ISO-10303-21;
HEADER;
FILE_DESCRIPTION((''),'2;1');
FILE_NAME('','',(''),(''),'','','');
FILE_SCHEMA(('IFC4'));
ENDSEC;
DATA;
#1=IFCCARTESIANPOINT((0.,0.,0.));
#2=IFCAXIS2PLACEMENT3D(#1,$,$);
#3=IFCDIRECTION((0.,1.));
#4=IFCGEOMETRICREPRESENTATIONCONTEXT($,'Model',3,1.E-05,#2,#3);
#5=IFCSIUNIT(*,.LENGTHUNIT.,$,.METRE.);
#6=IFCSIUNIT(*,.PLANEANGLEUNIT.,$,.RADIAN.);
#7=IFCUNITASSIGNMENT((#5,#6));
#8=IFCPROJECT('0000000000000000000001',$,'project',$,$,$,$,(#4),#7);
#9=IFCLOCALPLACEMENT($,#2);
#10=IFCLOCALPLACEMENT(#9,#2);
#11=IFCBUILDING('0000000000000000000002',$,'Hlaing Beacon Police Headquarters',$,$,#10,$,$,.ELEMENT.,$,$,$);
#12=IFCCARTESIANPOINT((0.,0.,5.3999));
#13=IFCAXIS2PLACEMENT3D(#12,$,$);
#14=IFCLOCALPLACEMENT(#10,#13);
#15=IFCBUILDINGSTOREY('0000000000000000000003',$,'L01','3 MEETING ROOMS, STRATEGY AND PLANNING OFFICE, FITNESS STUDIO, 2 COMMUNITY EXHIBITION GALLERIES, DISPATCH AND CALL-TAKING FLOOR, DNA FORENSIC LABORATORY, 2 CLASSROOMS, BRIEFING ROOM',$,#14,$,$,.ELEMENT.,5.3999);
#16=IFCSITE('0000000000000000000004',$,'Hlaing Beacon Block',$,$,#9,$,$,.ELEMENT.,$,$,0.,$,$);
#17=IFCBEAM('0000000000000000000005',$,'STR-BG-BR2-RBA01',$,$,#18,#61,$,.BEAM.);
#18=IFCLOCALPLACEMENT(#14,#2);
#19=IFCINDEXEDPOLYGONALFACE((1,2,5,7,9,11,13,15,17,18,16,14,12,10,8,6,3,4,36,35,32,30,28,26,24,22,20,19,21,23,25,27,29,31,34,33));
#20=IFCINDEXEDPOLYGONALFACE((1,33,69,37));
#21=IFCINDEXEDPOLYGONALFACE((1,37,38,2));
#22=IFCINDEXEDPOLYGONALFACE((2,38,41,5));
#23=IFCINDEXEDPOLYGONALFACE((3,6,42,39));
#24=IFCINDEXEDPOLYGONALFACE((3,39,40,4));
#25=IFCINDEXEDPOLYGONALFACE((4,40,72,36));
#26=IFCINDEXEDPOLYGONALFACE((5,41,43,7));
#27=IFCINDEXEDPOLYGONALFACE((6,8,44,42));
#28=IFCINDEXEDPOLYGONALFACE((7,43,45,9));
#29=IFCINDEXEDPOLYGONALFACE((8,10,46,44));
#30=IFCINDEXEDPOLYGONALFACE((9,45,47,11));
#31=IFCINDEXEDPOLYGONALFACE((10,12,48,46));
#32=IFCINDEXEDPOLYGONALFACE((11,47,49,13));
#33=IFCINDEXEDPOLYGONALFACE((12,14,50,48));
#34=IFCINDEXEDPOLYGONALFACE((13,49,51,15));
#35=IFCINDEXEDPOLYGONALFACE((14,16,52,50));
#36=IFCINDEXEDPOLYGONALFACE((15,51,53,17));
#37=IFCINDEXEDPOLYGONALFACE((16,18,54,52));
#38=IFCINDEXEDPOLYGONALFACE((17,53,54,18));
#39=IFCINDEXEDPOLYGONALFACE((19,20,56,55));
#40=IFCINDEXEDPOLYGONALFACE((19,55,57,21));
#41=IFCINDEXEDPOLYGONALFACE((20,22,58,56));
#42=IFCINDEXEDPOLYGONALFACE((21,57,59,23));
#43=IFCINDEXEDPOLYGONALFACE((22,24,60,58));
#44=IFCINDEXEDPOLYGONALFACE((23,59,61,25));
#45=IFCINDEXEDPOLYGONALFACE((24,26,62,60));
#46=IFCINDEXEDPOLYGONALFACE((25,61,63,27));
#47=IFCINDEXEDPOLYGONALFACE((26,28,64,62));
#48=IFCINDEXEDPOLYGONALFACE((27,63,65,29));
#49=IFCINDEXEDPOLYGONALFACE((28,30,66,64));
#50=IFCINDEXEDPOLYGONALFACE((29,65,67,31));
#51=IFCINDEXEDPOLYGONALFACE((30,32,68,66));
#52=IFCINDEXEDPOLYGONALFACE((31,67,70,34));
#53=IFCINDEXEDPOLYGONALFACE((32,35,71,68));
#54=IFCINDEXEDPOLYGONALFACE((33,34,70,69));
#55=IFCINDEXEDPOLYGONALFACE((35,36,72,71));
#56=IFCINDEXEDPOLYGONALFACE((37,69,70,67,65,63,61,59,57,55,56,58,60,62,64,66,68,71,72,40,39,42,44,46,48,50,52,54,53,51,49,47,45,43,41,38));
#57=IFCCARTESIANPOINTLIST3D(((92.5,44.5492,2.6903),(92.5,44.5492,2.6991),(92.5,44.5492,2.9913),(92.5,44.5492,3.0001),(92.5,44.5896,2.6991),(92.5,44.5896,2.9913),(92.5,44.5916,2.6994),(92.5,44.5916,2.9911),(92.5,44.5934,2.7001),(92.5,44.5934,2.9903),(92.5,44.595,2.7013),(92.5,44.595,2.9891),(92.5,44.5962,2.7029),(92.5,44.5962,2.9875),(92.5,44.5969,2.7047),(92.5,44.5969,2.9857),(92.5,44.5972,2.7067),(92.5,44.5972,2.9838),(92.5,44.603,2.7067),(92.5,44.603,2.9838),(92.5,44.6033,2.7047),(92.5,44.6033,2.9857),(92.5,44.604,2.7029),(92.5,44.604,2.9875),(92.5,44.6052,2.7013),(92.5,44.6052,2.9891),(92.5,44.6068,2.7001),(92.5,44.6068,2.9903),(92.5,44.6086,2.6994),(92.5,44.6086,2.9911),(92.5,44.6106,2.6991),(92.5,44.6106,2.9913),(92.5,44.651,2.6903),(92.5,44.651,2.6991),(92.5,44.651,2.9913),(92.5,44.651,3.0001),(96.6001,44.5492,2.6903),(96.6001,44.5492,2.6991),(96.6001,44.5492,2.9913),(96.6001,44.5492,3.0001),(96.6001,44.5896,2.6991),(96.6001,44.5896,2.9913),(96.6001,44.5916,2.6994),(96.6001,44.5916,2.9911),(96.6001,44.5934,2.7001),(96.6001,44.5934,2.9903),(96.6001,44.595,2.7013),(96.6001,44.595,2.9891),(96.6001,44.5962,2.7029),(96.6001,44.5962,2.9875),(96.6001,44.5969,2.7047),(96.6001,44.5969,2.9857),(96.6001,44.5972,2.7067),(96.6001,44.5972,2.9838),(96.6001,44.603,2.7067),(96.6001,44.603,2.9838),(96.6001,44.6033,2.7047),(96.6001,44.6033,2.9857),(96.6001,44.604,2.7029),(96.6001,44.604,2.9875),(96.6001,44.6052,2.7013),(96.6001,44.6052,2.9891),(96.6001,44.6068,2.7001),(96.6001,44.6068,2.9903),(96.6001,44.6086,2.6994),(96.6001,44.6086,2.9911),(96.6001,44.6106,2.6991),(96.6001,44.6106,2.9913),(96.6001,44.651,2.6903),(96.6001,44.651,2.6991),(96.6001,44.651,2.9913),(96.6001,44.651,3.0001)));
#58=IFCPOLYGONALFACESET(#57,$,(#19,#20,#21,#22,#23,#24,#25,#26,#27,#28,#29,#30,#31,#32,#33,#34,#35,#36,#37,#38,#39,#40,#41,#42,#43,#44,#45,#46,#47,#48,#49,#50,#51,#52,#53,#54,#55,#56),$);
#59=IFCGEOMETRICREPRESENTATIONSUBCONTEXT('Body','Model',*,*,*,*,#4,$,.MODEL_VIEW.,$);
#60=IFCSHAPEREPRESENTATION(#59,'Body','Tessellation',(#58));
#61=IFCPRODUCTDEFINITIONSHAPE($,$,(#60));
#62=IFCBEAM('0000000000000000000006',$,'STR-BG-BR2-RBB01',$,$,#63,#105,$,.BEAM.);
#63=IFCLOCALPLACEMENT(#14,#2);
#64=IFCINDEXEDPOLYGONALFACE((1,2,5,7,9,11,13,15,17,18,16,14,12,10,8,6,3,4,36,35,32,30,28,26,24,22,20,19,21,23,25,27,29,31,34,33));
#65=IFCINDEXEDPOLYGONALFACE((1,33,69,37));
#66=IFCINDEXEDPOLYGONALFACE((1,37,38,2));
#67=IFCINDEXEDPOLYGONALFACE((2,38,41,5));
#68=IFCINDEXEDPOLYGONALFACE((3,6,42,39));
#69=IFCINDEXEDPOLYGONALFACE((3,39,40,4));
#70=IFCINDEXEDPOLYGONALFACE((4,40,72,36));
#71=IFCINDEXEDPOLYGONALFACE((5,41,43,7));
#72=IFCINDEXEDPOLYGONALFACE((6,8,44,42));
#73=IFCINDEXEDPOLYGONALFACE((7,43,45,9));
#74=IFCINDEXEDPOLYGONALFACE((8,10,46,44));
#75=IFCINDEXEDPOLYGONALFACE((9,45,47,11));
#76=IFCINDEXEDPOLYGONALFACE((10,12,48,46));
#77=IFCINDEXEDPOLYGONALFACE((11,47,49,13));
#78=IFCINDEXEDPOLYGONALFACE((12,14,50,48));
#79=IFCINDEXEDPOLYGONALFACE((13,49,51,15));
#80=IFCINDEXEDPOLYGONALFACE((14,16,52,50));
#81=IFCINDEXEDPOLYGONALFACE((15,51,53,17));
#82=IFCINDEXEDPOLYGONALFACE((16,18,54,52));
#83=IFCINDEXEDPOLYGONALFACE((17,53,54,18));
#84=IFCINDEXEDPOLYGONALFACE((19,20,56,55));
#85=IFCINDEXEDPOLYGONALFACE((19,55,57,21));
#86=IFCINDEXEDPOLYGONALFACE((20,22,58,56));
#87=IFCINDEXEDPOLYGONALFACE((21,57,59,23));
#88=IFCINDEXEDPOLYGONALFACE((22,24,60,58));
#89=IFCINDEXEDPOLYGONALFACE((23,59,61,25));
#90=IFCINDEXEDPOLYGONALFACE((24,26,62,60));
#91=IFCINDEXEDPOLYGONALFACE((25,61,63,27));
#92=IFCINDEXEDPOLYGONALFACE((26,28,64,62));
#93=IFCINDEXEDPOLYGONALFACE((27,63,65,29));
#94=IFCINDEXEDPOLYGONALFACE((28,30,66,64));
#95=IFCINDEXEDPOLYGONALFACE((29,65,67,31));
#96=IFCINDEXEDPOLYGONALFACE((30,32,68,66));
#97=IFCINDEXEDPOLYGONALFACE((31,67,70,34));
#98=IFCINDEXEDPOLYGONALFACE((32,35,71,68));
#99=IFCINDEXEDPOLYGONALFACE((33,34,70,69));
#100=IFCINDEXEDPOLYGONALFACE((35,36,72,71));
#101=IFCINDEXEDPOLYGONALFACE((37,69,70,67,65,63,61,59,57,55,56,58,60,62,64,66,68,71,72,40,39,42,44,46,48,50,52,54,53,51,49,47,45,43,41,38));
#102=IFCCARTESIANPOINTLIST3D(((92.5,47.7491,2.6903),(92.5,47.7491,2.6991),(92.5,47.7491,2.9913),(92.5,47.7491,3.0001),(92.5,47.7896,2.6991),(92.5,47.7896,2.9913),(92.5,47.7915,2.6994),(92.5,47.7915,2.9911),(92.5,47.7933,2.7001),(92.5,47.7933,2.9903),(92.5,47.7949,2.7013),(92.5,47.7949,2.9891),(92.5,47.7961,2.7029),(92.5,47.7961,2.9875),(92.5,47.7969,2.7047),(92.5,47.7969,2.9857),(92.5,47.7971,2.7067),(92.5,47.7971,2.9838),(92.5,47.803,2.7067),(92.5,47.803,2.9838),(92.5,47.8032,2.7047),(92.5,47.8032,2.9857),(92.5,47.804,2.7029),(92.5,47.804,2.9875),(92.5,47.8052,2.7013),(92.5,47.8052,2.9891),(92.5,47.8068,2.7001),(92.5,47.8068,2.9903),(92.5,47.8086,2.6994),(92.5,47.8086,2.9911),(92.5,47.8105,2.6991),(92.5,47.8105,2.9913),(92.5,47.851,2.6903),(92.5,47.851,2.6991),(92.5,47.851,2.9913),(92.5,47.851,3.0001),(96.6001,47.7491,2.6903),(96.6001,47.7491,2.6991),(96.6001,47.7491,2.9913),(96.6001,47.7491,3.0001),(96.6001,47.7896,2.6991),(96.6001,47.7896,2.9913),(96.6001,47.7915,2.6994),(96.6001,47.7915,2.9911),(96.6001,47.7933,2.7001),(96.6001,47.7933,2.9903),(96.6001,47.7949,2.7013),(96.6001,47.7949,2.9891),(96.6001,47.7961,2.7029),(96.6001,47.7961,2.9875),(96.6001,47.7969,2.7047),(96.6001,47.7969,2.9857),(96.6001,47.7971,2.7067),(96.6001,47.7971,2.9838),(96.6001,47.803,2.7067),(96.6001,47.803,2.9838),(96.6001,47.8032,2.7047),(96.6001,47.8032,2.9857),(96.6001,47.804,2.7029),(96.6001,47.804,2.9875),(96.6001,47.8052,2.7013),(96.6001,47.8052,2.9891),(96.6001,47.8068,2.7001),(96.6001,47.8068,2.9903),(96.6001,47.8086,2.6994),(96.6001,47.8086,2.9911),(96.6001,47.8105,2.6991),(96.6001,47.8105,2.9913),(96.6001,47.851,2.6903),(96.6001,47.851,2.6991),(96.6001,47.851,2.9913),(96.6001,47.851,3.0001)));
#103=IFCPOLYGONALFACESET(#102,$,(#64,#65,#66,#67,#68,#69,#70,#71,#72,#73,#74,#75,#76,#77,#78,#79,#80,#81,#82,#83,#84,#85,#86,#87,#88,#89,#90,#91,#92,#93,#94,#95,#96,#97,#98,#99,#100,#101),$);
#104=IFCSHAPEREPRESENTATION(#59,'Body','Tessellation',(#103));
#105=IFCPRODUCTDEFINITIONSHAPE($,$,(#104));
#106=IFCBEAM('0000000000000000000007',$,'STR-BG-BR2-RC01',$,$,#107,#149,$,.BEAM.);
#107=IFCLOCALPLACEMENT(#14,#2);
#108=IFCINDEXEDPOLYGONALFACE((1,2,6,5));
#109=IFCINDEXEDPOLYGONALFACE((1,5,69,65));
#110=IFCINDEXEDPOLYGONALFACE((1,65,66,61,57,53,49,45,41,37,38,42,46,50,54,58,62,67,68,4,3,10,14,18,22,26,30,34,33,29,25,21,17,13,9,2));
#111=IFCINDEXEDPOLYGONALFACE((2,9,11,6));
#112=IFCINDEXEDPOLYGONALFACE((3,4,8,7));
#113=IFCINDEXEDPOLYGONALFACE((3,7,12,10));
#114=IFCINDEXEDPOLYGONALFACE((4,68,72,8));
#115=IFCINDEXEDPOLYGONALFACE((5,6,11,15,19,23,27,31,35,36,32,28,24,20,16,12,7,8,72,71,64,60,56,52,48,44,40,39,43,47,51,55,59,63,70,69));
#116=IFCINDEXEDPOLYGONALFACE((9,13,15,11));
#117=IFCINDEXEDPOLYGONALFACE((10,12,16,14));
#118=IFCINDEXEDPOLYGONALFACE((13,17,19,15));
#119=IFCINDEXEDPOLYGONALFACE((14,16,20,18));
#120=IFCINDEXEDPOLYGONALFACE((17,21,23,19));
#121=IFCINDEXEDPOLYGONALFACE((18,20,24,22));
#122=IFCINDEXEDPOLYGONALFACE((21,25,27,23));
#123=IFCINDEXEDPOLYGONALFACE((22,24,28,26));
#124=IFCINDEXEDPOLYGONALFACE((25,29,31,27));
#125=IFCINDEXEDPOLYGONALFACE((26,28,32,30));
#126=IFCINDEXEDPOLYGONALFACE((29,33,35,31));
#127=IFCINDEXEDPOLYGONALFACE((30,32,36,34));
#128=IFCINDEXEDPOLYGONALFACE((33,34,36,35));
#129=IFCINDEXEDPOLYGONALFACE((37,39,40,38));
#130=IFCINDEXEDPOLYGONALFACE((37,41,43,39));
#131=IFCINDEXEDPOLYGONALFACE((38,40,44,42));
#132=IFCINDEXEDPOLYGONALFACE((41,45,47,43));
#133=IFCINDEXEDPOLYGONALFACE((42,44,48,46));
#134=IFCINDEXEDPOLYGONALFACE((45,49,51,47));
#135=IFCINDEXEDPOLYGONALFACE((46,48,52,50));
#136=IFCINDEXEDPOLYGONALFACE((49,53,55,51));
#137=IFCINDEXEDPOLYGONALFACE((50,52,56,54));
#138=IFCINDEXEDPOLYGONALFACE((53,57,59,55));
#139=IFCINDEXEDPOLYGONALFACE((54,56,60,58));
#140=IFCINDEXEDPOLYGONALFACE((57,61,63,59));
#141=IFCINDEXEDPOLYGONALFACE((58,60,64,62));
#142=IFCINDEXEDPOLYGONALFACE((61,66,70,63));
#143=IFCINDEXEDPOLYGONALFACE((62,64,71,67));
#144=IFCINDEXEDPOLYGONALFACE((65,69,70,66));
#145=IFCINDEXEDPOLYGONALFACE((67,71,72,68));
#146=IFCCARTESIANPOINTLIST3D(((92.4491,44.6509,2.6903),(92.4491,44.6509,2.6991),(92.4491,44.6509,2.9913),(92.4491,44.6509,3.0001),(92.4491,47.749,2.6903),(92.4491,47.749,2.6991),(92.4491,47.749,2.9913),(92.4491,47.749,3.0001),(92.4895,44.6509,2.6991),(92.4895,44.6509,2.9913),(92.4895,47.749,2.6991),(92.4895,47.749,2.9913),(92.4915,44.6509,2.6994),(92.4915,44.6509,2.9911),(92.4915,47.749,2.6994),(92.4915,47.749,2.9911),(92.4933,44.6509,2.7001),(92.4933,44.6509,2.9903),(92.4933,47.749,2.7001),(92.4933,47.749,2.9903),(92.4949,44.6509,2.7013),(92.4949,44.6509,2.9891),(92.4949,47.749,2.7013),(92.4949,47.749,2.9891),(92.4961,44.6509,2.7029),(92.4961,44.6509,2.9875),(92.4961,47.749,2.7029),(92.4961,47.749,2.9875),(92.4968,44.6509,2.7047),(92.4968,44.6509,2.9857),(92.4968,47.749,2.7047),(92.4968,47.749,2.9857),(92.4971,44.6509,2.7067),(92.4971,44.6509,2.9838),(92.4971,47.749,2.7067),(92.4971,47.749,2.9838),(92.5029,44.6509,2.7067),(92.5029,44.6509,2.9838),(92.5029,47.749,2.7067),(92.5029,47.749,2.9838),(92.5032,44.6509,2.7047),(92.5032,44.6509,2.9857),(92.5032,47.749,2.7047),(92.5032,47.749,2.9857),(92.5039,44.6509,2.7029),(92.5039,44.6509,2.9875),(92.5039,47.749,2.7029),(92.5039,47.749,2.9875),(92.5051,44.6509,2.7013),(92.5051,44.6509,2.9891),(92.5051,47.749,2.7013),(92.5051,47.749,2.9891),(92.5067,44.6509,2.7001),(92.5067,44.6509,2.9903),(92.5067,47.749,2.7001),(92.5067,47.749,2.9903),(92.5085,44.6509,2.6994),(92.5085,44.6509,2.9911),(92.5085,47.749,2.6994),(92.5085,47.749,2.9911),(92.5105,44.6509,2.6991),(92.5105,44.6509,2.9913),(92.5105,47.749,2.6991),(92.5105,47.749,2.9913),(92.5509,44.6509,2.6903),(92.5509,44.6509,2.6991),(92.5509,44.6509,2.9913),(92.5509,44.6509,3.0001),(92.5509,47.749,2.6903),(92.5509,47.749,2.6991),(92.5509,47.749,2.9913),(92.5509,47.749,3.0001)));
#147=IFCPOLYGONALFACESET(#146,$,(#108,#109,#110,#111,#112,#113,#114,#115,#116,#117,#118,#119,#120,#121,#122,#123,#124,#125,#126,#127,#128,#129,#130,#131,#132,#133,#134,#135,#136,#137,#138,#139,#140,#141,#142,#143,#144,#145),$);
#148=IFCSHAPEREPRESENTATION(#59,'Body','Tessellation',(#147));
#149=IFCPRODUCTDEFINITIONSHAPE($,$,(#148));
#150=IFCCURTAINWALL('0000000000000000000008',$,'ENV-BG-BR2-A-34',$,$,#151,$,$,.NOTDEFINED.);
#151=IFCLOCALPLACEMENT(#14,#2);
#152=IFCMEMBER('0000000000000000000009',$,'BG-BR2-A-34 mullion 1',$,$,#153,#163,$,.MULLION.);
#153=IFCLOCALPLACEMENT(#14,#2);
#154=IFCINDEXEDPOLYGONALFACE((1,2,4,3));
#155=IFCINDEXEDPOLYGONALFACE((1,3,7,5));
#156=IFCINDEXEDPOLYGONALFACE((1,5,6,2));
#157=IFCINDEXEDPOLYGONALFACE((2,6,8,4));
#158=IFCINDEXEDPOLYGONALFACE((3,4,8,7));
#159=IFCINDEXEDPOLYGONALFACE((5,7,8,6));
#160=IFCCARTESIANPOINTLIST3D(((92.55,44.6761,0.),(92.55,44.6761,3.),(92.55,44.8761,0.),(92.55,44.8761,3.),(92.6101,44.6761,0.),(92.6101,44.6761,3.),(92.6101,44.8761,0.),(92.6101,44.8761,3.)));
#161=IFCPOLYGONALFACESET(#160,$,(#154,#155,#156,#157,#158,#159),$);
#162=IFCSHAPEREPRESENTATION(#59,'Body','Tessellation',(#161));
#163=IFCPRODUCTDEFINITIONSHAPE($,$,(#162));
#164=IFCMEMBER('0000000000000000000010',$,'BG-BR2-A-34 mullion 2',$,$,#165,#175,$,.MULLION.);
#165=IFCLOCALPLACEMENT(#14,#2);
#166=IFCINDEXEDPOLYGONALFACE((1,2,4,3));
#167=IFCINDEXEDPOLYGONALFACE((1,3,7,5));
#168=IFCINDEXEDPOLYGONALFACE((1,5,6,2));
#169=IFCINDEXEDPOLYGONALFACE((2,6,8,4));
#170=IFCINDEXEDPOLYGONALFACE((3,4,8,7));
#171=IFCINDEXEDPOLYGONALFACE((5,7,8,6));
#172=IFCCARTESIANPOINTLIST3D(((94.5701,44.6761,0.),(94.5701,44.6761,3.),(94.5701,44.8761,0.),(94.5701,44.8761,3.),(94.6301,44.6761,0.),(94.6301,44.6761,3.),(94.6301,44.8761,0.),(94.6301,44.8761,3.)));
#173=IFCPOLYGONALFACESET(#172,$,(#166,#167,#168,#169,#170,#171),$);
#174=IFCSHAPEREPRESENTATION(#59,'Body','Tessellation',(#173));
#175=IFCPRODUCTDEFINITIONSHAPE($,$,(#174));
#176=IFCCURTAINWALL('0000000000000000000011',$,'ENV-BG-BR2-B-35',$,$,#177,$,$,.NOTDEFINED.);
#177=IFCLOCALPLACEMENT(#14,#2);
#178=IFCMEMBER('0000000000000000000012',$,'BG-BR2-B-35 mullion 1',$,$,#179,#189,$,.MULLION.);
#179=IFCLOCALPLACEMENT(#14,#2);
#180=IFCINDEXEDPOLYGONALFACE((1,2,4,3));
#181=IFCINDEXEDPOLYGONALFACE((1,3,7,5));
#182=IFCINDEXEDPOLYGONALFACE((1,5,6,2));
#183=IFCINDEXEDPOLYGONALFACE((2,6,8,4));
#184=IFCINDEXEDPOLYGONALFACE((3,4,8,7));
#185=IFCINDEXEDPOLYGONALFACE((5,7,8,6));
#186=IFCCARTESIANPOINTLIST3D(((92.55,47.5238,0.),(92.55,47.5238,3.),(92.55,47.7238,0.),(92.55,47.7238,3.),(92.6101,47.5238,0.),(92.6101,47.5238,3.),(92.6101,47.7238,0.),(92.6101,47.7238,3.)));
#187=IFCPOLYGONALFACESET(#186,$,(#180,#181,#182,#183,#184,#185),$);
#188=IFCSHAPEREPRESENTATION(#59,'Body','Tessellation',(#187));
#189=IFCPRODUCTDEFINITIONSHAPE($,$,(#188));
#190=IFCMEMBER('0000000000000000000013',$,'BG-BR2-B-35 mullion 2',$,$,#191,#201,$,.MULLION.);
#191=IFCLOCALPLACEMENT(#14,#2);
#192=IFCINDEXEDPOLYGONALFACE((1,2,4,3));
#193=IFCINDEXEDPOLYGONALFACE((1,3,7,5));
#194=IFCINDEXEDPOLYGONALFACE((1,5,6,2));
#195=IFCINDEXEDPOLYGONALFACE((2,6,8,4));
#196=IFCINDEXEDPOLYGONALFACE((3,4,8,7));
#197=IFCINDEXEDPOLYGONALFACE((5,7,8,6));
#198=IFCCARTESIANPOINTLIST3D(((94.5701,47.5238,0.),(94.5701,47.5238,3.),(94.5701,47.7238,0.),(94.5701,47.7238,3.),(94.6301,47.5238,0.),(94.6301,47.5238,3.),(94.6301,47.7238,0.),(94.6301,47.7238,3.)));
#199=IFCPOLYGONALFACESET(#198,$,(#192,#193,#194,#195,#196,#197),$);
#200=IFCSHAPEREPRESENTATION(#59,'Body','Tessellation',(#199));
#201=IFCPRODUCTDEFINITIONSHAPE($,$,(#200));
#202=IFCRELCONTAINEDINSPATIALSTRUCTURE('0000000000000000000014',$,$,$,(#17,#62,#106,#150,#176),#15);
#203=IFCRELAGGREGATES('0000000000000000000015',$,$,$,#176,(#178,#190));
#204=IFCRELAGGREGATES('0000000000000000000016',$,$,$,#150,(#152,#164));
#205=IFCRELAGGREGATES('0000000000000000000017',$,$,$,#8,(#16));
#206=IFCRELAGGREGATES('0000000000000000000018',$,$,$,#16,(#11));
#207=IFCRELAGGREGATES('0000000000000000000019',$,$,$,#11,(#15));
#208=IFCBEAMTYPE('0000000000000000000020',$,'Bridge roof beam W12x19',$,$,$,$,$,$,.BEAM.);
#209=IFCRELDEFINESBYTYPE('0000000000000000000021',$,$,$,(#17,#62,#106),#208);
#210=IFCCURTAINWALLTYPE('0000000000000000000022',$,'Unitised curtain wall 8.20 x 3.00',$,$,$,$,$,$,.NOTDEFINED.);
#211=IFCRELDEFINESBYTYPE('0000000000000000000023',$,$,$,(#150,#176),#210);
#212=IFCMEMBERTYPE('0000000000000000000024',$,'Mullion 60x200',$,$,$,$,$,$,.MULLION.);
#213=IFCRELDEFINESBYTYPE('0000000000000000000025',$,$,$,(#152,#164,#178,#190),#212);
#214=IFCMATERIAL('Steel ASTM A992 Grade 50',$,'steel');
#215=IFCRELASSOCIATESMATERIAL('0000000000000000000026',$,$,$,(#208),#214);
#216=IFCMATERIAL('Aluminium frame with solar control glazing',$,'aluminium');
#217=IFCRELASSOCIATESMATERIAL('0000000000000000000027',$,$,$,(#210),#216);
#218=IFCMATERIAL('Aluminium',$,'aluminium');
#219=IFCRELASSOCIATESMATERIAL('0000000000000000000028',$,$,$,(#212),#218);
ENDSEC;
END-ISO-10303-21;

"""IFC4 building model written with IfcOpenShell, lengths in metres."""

from ifc_helpers import new_model, si_unit, direction, frame, origin, origin_2d, place, context, subcontext, project, spatial, rectangle, i_section, extrude, material, material_profile, profile_set, type_object, element, aggregate, save


model = new_model("IFC4")

# Units and contexts
model_context = context("Model", 3, precision=1e-05, world=origin(), true_north=direction((0.0, 1.0)))
body_context = subcontext(model_context, "Body", "Model", "MODEL_VIEW")
ifc_project = project(units=[si_unit("LENGTHUNIT", "METRE"), si_unit("PLANEANGLEUNIT", "RADIAN")], contexts=[model_context])

# Site, building, storey
site_placement = place(None, origin())
site = spatial("IfcSite", under=ifc_project, at=site_placement, Name="Hlaing Beacon Block", CompositionType="ELEMENT", RefElevation=0.0)
building_placement = place(site_placement, origin())
building = spatial("IfcBuilding", under=site, at=building_placement, Name="Hlaing Beacon Police Headquarters", CompositionType="ELEMENT")
storey_placement = place(building_placement, frame((0.0, 0.0, 5.3999)))
storey = spatial("IfcBuildingStorey", under=building, at=storey_placement, Name="L01", Description="3 MEETING ROOMS, STRATEGY AND PLANNING OFFICE, FITNESS STUDIO, 2 COMMUNITY EXHIBITION GALLERIES, DISPATCH AND CALL-TAKING FLOOR, DNA FORENSIC LABORATORY, 2 CLASSROOMS, BRIEFING ROOM", CompositionType="ELEMENT", Elevation=5.3999)

# Beams
ifc_material_1 = material(Name="Steel ASTM A992 Grade 50", Category="steel")
ifc_material_profile_1 = material_profile(ifc_material_1, i_section(OverallWidth=0.1018, OverallDepth=0.3098, WebThickness=0.0059, FlangeThickness=0.0088, FilletRadius=0.0076, at=origin_2d()), Name="W12x19")
ifc_profile_set_1 = profile_set([ifc_material_profile_1], Name="Steel ASTM A992 Grade 50")
beam_type_1 = type_object("IfcBeamType", Name="Bridge roof beam W12x19", PredefinedType="BEAM", material=ifc_profile_set_1)
for number, where, z_axis, x_axis, name in (
    (1, (92.5, 44.6001, 2.8452), (1.0, 0.0, 0.0), (0.0, 1.0, 0.0), "STR-BG-BR2-RBA01"),
    (2, (92.5, 47.8, 2.8452), (1.0, 0.0, 0.0), (0.0, 1.0, 0.0), "STR-BG-BR2-RBB01"),
):
    element("IfcBeam", number, at=place(storey_placement, frame(where, z_axis=z_axis, x_axis=x_axis)), inside=storey, type_object=beam_type_1, Name=name, PredefinedType="BEAM", context=body_context, shape_type="SweptSolid", body=[
        extrude(i_section(OverallWidth=0.1018, OverallDepth=0.3098, WebThickness=0.0059, FlangeThickness=0.0088, FilletRadius=0.0076, at=origin_2d()), origin(), (0.0, 0.0, 1.0), 4.1001),
    ])
beam_1_placement = place(storey_placement, frame((92.5, 44.6509, 2.8452), z_axis=(0.0, 1.0, 0.0), x_axis=(-1.0, 0.0, 0.0)))
element("IfcBeam", 3, at=beam_1_placement, inside=storey, type_object=beam_type_1, Name="STR-BG-BR2-RC01", PredefinedType="BEAM", context=body_context, shape_type="SweptSolid", body=[
    extrude(i_section(OverallWidth=0.1018, OverallDepth=0.3098, WebThickness=0.0059, FlangeThickness=0.0088, FilletRadius=0.0076, at=origin_2d()), origin(), (0.0, 0.0, 1.0), 3.0981),
])

# Curtain walls, members
ifc_material_2 = material(Name="Aluminium frame with solar control glazing", Category="aluminium")
curtain_wall_type = type_object("IfcCurtainWallType", Name="Unitised curtain wall 8.20 x 3.00", PredefinedType="NOTDEFINED", material=ifc_material_2)
curtain_wall_1_placement = place(storey_placement, origin())
curtain_wall_1 = element("IfcCurtainWall", 4, at=curtain_wall_1_placement, inside=storey, type_object=curtain_wall_type, Name="ENV-BG-BR2-A-34", PredefinedType="NOTDEFINED")
ifc_material_3 = material(Name="Aluminium", Category="aluminium")
ifc_material_profile_2 = material_profile(ifc_material_3, rectangle(XDim=0.2, YDim=0.0601, at=origin_2d()), Name="Mullion 60x200")
ifc_profile_set_2 = profile_set([ifc_material_profile_2], Name="Aluminium")
member_type_1 = type_object("IfcMemberType", Name="Mullion 60x200", PredefinedType="MULLION", material=ifc_profile_set_2)
member_1_placement = place(storey_placement, frame((92.5801, 44.7761, 0.0), z_axis=(0.0, 0.0, 1.0), x_axis=(0.0, 1.0, 0.0)))
member_1 = element("IfcMember", 5, at=member_1_placement, type_object=member_type_1, Name="BG-BR2-A-34 mullion 1", PredefinedType="MULLION", context=body_context, shape_type="SweptSolid", body=[
    extrude(rectangle(XDim=0.2, YDim=0.0601, at=origin_2d()), origin(), (0.0, 0.0, 1.0), 3.0),
])
member_2_placement = place(storey_placement, frame((94.6001, 44.7761, 0.0), z_axis=(0.0, 0.0, 1.0), x_axis=(0.0, 1.0, 0.0)))
member_2 = element("IfcMember", 6, at=member_2_placement, type_object=member_type_1, Name="BG-BR2-A-34 mullion 2", PredefinedType="MULLION", context=body_context, shape_type="SweptSolid", body=[
    extrude(rectangle(XDim=0.2, YDim=0.0601, at=origin_2d()), origin(), (0.0, 0.0, 1.0), 3.0),
])
curtain_wall_2_placement = place(storey_placement, origin())
curtain_wall_2 = element("IfcCurtainWall", 7, at=curtain_wall_2_placement, inside=storey, type_object=curtain_wall_type, Name="ENV-BG-BR2-B-35", PredefinedType="NOTDEFINED")
member_3_placement = place(storey_placement, frame((92.5801, 47.6238, 0.0), z_axis=(0.0, 0.0, 1.0), x_axis=(0.0, 1.0, 0.0)))
member_3 = element("IfcMember", 8, at=member_3_placement, type_object=member_type_1, Name="BG-BR2-B-35 mullion 1", PredefinedType="MULLION", context=body_context, shape_type="SweptSolid", body=[
    extrude(rectangle(XDim=0.2, YDim=0.0601, at=origin_2d()), origin(), (0.0, 0.0, 1.0), 3.0),
])
member_4_placement = place(storey_placement, frame((94.6001, 47.6238, 0.0), z_axis=(0.0, 0.0, 1.0), x_axis=(0.0, 1.0, 0.0)))
member_4 = element("IfcMember", 9, at=member_4_placement, type_object=member_type_1, Name="BG-BR2-B-35 mullion 2", PredefinedType="MULLION", context=body_context, shape_type="SweptSolid", body=[
    extrude(rectangle(XDim=0.2, YDim=0.0601, at=origin_2d()), origin(), (0.0, 0.0, 1.0), 3.0),
])

aggregate(curtain_wall_2, [member_3, member_4])
aggregate(curtain_wall_1, [member_1, member_2])

save(model, "model.ifc")
